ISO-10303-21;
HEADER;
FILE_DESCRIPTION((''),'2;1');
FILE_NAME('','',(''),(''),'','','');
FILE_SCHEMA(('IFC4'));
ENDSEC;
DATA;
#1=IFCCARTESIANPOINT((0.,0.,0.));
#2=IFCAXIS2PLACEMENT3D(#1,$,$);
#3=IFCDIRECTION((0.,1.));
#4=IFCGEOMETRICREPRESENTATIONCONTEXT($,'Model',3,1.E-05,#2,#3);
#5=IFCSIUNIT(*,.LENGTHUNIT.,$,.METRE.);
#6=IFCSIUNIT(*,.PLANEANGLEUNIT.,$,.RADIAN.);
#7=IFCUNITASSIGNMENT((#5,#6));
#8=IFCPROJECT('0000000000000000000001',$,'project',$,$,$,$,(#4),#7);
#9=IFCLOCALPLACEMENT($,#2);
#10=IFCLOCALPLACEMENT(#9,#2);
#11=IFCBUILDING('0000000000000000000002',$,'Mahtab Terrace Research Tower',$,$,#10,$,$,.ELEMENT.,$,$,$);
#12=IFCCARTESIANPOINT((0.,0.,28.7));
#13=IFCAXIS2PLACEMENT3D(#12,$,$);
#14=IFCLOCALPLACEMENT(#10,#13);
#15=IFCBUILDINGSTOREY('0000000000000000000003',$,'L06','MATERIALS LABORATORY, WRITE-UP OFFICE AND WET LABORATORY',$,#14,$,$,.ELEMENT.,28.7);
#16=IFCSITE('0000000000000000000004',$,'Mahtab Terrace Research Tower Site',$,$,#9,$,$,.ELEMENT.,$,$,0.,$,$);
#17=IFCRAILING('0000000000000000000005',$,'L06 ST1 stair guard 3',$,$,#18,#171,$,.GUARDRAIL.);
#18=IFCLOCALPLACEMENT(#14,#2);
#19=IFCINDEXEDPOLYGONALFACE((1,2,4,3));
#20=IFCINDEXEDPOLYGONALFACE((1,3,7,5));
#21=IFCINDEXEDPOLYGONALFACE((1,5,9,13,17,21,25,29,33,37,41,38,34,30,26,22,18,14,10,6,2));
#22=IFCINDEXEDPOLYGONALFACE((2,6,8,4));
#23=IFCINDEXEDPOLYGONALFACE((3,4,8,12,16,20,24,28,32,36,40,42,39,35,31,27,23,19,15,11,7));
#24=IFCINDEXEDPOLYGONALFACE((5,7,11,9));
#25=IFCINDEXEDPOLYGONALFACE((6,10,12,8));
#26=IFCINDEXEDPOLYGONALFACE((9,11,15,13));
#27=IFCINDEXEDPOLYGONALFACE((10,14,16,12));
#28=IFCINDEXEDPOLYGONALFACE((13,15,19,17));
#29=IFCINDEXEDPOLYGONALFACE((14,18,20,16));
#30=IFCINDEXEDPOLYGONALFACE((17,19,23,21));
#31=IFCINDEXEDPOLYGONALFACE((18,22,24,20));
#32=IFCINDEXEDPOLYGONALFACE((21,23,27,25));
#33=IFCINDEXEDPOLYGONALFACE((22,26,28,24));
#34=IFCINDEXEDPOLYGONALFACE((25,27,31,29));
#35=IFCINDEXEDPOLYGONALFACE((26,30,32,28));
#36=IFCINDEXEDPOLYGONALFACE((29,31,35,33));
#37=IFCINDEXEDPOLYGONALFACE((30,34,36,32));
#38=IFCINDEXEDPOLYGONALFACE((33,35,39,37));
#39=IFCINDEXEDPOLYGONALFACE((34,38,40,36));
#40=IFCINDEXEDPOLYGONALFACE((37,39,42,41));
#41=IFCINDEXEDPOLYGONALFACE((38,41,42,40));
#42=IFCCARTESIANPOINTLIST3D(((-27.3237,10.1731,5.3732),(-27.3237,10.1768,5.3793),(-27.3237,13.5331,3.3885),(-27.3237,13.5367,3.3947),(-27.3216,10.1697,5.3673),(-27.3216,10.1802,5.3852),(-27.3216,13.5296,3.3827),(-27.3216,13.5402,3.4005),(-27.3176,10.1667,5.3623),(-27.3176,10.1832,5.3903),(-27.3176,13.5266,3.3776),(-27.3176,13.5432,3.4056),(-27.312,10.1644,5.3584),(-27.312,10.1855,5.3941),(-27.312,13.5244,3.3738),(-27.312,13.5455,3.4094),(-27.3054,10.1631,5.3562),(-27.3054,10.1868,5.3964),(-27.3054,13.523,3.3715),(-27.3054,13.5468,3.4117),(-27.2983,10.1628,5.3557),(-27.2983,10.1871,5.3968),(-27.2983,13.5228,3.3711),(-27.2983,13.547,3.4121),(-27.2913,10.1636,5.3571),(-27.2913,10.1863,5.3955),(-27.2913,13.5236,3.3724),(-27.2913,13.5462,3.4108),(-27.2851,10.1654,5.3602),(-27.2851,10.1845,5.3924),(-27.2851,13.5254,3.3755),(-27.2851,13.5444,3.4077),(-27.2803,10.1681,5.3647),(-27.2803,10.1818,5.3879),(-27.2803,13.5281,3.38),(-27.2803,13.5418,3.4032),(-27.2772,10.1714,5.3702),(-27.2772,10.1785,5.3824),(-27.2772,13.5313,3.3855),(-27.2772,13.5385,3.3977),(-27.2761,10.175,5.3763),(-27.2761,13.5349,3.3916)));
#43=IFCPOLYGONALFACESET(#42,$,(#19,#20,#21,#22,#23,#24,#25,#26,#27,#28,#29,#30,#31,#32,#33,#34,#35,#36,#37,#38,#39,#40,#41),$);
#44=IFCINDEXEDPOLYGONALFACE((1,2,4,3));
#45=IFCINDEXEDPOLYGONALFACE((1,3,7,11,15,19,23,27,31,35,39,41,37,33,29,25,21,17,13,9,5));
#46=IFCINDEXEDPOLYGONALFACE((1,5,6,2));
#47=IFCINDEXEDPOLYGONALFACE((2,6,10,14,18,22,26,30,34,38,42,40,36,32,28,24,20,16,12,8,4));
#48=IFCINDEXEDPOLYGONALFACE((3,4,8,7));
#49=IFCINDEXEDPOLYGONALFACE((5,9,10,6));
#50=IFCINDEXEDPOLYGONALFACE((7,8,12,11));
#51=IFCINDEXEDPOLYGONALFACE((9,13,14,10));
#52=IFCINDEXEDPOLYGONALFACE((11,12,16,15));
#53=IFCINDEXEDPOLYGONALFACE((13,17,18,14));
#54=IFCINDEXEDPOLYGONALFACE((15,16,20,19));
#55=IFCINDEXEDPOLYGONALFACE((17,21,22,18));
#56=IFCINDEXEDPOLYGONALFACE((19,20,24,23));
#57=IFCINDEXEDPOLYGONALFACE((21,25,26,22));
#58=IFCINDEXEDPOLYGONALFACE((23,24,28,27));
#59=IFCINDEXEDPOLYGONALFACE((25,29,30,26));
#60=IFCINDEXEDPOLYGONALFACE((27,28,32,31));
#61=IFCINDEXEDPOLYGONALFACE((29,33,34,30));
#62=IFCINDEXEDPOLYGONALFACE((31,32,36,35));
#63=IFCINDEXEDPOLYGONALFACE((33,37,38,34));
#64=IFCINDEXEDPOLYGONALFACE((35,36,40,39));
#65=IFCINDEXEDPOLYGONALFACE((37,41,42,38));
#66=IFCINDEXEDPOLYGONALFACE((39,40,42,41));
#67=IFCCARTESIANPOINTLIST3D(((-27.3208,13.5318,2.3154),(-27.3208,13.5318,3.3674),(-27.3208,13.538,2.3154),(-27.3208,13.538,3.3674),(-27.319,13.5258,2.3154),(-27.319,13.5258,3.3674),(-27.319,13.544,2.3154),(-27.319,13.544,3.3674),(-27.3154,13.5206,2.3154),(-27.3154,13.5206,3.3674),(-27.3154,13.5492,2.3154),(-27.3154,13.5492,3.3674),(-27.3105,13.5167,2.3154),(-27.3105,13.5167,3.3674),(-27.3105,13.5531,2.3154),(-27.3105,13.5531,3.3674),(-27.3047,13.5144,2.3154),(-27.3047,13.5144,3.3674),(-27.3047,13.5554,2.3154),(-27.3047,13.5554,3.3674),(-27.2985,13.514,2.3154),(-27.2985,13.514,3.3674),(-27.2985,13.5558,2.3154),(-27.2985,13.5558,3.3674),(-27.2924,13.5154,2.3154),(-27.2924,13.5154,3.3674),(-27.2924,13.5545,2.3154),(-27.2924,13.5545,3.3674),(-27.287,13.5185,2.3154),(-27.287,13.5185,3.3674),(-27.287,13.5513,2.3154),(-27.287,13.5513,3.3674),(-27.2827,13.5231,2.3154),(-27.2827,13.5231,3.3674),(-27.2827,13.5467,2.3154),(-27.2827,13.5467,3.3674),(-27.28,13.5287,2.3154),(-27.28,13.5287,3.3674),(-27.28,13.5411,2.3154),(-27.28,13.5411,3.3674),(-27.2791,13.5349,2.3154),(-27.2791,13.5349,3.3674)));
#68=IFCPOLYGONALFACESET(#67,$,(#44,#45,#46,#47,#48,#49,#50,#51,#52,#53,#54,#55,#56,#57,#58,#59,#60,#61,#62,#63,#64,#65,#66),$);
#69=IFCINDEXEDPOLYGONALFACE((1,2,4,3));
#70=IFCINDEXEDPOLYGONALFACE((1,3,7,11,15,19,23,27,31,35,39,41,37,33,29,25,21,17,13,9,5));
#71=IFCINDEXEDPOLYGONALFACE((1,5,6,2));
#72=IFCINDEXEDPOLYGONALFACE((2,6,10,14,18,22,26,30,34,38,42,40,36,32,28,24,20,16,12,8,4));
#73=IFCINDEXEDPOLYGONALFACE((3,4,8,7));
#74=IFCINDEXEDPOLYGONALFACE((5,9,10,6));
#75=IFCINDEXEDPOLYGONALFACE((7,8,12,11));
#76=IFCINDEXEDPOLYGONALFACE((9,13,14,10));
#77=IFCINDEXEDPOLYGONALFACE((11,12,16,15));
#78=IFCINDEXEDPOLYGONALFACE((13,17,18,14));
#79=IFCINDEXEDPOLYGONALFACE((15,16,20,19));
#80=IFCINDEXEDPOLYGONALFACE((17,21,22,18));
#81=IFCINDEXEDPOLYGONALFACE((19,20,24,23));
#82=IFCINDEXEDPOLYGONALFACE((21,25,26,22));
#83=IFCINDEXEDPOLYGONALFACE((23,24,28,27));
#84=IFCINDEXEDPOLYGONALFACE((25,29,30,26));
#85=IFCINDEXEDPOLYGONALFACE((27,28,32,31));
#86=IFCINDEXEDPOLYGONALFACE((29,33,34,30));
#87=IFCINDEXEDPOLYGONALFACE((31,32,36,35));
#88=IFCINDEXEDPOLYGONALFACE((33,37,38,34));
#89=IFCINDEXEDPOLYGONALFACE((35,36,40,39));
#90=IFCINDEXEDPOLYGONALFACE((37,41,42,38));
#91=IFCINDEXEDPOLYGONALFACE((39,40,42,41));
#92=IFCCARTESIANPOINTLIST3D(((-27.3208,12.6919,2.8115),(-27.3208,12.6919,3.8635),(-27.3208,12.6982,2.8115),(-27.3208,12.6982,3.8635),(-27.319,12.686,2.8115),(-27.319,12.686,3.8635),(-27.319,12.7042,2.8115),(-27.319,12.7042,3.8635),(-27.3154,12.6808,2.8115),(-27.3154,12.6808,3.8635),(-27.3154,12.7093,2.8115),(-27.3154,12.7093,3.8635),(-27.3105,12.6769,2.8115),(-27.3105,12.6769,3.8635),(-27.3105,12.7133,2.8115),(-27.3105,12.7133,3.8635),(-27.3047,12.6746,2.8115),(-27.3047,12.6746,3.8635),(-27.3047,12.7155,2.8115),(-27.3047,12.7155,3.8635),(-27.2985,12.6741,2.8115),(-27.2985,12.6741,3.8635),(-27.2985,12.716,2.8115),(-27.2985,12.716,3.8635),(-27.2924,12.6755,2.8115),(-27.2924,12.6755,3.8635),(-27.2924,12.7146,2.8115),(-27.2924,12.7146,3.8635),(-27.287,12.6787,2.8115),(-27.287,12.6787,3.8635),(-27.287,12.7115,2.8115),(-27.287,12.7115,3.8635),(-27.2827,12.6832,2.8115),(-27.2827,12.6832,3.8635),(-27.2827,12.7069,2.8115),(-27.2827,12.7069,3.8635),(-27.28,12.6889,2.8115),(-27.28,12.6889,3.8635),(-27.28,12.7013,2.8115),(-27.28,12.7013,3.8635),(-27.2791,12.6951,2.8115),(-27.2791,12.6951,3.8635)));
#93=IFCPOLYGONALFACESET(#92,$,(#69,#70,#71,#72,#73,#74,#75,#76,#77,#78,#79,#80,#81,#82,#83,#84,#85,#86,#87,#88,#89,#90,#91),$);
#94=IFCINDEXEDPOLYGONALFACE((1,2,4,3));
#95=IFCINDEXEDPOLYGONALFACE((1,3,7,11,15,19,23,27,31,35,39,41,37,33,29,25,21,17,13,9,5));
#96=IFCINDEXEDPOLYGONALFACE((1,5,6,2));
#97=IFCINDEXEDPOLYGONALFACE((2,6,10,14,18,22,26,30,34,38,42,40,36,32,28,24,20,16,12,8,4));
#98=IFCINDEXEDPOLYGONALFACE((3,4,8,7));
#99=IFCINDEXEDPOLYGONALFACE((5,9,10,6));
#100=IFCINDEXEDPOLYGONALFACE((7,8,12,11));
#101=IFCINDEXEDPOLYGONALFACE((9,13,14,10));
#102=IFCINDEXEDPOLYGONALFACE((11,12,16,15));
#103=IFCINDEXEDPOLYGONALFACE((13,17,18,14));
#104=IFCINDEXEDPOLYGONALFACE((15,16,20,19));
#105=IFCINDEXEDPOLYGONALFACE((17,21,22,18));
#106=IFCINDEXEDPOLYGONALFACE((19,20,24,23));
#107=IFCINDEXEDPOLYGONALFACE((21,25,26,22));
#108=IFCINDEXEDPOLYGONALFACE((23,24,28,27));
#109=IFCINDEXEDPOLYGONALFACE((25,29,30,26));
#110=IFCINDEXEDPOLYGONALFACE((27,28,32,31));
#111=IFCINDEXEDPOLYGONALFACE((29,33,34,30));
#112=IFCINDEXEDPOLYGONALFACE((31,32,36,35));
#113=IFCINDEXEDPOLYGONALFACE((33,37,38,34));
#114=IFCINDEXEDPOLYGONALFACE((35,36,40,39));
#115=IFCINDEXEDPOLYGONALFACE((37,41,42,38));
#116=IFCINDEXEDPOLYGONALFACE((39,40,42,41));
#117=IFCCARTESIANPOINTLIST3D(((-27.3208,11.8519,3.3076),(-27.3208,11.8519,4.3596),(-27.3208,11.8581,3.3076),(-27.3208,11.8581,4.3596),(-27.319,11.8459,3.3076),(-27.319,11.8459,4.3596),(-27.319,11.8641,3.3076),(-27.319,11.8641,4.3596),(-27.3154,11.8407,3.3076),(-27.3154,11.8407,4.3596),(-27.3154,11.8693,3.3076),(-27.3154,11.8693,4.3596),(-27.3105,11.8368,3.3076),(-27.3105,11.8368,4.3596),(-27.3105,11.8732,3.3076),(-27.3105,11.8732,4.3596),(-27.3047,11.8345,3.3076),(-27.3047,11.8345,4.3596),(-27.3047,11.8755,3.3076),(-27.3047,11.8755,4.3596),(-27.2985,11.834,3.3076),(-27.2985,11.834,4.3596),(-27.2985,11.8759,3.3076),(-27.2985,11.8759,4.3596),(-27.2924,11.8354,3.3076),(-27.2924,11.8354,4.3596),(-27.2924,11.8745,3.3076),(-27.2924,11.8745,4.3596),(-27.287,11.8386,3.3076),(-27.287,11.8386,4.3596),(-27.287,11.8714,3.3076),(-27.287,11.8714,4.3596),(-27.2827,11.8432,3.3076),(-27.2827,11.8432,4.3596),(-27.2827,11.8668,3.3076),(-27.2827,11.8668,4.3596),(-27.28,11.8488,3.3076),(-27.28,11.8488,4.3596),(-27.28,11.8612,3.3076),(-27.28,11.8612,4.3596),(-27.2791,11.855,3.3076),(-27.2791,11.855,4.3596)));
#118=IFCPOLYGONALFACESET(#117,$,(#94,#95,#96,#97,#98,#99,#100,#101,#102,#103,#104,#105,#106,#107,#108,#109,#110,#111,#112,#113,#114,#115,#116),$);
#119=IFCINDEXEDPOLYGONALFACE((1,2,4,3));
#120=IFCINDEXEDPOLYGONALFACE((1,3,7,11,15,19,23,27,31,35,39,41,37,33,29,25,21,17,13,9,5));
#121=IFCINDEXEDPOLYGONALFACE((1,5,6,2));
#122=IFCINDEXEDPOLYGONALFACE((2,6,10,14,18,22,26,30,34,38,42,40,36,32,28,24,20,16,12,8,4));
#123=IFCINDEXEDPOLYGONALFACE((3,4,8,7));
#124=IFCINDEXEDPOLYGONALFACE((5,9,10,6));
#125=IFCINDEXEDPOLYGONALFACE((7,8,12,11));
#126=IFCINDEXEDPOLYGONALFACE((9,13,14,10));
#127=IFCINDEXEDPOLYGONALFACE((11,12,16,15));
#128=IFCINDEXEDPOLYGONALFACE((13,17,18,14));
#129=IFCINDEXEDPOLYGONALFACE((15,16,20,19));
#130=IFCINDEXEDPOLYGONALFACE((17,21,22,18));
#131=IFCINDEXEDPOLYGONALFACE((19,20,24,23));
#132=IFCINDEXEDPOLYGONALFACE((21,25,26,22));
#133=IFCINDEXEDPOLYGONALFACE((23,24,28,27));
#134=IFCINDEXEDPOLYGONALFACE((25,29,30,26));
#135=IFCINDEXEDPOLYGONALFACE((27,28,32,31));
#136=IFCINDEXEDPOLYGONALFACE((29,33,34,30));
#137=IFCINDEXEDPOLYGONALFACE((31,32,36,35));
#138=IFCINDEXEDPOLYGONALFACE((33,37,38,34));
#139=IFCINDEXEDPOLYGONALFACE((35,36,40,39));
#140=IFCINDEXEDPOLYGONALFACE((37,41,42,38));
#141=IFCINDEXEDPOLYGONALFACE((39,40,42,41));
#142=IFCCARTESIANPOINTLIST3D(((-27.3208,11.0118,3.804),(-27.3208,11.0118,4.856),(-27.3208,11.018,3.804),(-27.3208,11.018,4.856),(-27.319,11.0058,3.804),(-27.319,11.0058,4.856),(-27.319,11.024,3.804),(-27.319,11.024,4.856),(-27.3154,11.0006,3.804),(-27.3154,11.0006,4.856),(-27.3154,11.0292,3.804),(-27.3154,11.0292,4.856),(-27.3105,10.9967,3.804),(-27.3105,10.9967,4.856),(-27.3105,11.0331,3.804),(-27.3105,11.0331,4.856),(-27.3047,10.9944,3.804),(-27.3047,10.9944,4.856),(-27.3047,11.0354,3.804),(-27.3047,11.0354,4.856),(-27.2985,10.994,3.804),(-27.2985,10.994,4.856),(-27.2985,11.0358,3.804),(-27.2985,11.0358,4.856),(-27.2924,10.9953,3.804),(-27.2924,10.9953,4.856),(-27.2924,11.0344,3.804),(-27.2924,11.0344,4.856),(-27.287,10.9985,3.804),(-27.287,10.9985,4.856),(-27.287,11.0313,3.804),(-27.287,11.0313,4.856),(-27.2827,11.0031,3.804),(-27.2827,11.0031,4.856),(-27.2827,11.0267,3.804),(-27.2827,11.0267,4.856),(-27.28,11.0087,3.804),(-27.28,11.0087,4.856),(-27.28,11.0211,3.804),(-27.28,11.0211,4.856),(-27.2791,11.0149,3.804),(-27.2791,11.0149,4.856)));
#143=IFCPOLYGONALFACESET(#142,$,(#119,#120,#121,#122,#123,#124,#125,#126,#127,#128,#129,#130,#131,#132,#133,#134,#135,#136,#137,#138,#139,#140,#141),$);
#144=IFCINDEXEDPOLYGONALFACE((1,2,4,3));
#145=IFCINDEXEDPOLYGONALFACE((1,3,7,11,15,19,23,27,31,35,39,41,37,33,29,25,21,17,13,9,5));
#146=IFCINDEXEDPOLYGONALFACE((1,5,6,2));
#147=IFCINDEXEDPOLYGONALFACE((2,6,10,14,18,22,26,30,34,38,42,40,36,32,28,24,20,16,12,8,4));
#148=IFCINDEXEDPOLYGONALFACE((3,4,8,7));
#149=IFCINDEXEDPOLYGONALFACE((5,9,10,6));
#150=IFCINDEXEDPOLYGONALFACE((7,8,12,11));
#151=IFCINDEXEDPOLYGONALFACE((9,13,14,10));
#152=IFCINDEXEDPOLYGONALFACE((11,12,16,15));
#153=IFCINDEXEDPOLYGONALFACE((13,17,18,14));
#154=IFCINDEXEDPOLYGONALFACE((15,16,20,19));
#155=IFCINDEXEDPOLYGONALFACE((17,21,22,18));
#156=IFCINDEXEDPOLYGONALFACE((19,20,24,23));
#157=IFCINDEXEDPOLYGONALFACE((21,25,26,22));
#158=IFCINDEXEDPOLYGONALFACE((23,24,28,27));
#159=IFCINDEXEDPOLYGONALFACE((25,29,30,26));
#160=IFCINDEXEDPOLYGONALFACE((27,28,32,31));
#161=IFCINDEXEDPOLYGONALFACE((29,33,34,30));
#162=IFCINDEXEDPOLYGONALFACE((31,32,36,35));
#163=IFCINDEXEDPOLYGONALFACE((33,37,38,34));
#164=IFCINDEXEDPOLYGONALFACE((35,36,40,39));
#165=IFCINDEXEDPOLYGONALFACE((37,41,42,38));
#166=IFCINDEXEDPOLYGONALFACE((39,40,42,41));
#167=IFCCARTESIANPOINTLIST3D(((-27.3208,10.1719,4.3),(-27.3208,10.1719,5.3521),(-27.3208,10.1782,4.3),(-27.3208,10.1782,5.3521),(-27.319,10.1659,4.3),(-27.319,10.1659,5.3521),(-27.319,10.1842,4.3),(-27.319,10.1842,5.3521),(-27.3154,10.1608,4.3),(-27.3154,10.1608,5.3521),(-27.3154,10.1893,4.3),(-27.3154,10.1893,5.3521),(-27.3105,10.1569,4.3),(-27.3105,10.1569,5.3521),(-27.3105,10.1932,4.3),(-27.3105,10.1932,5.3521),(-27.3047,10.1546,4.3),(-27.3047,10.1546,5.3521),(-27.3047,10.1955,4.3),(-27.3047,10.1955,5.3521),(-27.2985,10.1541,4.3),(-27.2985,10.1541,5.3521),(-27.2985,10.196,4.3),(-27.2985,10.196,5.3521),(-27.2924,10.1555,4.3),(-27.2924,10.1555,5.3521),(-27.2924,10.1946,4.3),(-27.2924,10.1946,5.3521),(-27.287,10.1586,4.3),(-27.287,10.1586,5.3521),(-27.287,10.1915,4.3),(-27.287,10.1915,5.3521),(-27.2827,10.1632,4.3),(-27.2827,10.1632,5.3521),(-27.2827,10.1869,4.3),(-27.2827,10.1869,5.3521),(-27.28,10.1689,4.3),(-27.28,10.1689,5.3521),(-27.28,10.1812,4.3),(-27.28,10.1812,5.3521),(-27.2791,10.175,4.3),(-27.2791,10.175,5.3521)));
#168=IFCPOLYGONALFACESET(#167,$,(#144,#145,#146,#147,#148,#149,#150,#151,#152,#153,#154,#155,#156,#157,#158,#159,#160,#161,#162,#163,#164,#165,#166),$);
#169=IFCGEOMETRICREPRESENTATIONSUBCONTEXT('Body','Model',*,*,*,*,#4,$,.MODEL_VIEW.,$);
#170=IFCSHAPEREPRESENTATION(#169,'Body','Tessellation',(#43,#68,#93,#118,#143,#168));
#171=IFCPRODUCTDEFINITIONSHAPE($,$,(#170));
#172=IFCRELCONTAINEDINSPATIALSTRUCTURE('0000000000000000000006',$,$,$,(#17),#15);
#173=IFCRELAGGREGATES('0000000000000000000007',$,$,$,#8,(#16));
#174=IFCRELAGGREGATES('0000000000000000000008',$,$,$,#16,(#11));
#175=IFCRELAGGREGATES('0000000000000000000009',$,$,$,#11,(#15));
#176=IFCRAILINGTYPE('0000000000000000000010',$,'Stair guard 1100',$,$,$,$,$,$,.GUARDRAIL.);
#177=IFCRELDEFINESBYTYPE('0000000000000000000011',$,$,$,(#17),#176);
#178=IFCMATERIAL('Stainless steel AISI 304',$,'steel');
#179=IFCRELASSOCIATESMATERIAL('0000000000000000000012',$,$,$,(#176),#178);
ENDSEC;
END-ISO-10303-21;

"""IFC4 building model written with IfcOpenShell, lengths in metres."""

from ifc_helpers import new_model, si_unit, direction, frame, origin, origin_2d, place, context, subcontext, project, spatial, circle, extrude, material, type_object, element, save


model = new_model("IFC4")

# Units and contexts
model_context = context("Model", 3, precision=1e-05, world=origin(), true_north=direction((0.0, 1.0)))
body_context = subcontext(model_context, "Body", "Model", "MODEL_VIEW")
ifc_project = project(units=[si_unit("LENGTHUNIT", "METRE"), si_unit("PLANEANGLEUNIT", "RADIAN")], contexts=[model_context])

# Site, building, storey
site_placement = place(None, origin())
site = spatial("IfcSite", under=ifc_project, at=site_placement, Name="Mahtab Terrace Research Tower Site", CompositionType="ELEMENT", RefElevation=0.0)
building_placement = place(site_placement, origin())
building = spatial("IfcBuilding", under=site, at=building_placement, Name="Mahtab Terrace Research Tower", CompositionType="ELEMENT")
storey_placement = place(building_placement, frame((0.0, 0.0, 28.7)))
storey = spatial("IfcBuildingStorey", under=building, at=storey_placement, Name="L06", Description="MATERIALS LABORATORY, WRITE-UP OFFICE AND WET LABORATORY", CompositionType="ELEMENT", Elevation=28.7)

# Shared definitions
ifc_material_1 = material(Name="Stainless steel AISI 304", Category="steel")

# Railing
railing_type = type_object("IfcRailingType", Name="Stair guard 1100", PredefinedType="GUARDRAIL", material=ifc_material_1)
railing_1_placement = place(storey_placement, frame((-27.3, 13.5349, 2.3154)))
element("IfcRailing", 1, at=railing_1_placement, inside=storey, type_object=railing_type, Name="L06 ST1 stair guard 3", PredefinedType="GUARDRAIL", context=body_context, shape_type="SweptSolid", body=[
    extrude(circle(Radius=0.0239, at=origin_2d()), frame((0.0, 0.0, 1.0762), z_axis=(0.0, -0.861011, 0.508586), x_axis=(1.0, 0.0, 0.0)), (0.0, 0.0, 1.0), 3.9023),
    extrude(circle(Radius=0.021, at=origin_2d()), origin(), (0.0, 0.0, 1.0), 1.052),
    extrude(circle(Radius=0.021, at=origin_2d()), frame((0.0, -0.8398, 0.4961)), (0.0, 0.0, 1.0), 1.052),
    extrude(circle(Radius=0.021, at=origin_2d()), frame((0.0, -1.6799, 0.9922)), (0.0, 0.0, 1.0), 1.052),
    extrude(circle(Radius=0.021, at=origin_2d()), frame((0.0, -2.52, 1.4885)), (0.0, 0.0, 1.0), 1.052),
    extrude(circle(Radius=0.021, at=origin_2d()), frame((0.0, -3.3599, 1.9846)), (0.0, 0.0, 1.0), 1.052),
])

save(model, "model.ifc")
